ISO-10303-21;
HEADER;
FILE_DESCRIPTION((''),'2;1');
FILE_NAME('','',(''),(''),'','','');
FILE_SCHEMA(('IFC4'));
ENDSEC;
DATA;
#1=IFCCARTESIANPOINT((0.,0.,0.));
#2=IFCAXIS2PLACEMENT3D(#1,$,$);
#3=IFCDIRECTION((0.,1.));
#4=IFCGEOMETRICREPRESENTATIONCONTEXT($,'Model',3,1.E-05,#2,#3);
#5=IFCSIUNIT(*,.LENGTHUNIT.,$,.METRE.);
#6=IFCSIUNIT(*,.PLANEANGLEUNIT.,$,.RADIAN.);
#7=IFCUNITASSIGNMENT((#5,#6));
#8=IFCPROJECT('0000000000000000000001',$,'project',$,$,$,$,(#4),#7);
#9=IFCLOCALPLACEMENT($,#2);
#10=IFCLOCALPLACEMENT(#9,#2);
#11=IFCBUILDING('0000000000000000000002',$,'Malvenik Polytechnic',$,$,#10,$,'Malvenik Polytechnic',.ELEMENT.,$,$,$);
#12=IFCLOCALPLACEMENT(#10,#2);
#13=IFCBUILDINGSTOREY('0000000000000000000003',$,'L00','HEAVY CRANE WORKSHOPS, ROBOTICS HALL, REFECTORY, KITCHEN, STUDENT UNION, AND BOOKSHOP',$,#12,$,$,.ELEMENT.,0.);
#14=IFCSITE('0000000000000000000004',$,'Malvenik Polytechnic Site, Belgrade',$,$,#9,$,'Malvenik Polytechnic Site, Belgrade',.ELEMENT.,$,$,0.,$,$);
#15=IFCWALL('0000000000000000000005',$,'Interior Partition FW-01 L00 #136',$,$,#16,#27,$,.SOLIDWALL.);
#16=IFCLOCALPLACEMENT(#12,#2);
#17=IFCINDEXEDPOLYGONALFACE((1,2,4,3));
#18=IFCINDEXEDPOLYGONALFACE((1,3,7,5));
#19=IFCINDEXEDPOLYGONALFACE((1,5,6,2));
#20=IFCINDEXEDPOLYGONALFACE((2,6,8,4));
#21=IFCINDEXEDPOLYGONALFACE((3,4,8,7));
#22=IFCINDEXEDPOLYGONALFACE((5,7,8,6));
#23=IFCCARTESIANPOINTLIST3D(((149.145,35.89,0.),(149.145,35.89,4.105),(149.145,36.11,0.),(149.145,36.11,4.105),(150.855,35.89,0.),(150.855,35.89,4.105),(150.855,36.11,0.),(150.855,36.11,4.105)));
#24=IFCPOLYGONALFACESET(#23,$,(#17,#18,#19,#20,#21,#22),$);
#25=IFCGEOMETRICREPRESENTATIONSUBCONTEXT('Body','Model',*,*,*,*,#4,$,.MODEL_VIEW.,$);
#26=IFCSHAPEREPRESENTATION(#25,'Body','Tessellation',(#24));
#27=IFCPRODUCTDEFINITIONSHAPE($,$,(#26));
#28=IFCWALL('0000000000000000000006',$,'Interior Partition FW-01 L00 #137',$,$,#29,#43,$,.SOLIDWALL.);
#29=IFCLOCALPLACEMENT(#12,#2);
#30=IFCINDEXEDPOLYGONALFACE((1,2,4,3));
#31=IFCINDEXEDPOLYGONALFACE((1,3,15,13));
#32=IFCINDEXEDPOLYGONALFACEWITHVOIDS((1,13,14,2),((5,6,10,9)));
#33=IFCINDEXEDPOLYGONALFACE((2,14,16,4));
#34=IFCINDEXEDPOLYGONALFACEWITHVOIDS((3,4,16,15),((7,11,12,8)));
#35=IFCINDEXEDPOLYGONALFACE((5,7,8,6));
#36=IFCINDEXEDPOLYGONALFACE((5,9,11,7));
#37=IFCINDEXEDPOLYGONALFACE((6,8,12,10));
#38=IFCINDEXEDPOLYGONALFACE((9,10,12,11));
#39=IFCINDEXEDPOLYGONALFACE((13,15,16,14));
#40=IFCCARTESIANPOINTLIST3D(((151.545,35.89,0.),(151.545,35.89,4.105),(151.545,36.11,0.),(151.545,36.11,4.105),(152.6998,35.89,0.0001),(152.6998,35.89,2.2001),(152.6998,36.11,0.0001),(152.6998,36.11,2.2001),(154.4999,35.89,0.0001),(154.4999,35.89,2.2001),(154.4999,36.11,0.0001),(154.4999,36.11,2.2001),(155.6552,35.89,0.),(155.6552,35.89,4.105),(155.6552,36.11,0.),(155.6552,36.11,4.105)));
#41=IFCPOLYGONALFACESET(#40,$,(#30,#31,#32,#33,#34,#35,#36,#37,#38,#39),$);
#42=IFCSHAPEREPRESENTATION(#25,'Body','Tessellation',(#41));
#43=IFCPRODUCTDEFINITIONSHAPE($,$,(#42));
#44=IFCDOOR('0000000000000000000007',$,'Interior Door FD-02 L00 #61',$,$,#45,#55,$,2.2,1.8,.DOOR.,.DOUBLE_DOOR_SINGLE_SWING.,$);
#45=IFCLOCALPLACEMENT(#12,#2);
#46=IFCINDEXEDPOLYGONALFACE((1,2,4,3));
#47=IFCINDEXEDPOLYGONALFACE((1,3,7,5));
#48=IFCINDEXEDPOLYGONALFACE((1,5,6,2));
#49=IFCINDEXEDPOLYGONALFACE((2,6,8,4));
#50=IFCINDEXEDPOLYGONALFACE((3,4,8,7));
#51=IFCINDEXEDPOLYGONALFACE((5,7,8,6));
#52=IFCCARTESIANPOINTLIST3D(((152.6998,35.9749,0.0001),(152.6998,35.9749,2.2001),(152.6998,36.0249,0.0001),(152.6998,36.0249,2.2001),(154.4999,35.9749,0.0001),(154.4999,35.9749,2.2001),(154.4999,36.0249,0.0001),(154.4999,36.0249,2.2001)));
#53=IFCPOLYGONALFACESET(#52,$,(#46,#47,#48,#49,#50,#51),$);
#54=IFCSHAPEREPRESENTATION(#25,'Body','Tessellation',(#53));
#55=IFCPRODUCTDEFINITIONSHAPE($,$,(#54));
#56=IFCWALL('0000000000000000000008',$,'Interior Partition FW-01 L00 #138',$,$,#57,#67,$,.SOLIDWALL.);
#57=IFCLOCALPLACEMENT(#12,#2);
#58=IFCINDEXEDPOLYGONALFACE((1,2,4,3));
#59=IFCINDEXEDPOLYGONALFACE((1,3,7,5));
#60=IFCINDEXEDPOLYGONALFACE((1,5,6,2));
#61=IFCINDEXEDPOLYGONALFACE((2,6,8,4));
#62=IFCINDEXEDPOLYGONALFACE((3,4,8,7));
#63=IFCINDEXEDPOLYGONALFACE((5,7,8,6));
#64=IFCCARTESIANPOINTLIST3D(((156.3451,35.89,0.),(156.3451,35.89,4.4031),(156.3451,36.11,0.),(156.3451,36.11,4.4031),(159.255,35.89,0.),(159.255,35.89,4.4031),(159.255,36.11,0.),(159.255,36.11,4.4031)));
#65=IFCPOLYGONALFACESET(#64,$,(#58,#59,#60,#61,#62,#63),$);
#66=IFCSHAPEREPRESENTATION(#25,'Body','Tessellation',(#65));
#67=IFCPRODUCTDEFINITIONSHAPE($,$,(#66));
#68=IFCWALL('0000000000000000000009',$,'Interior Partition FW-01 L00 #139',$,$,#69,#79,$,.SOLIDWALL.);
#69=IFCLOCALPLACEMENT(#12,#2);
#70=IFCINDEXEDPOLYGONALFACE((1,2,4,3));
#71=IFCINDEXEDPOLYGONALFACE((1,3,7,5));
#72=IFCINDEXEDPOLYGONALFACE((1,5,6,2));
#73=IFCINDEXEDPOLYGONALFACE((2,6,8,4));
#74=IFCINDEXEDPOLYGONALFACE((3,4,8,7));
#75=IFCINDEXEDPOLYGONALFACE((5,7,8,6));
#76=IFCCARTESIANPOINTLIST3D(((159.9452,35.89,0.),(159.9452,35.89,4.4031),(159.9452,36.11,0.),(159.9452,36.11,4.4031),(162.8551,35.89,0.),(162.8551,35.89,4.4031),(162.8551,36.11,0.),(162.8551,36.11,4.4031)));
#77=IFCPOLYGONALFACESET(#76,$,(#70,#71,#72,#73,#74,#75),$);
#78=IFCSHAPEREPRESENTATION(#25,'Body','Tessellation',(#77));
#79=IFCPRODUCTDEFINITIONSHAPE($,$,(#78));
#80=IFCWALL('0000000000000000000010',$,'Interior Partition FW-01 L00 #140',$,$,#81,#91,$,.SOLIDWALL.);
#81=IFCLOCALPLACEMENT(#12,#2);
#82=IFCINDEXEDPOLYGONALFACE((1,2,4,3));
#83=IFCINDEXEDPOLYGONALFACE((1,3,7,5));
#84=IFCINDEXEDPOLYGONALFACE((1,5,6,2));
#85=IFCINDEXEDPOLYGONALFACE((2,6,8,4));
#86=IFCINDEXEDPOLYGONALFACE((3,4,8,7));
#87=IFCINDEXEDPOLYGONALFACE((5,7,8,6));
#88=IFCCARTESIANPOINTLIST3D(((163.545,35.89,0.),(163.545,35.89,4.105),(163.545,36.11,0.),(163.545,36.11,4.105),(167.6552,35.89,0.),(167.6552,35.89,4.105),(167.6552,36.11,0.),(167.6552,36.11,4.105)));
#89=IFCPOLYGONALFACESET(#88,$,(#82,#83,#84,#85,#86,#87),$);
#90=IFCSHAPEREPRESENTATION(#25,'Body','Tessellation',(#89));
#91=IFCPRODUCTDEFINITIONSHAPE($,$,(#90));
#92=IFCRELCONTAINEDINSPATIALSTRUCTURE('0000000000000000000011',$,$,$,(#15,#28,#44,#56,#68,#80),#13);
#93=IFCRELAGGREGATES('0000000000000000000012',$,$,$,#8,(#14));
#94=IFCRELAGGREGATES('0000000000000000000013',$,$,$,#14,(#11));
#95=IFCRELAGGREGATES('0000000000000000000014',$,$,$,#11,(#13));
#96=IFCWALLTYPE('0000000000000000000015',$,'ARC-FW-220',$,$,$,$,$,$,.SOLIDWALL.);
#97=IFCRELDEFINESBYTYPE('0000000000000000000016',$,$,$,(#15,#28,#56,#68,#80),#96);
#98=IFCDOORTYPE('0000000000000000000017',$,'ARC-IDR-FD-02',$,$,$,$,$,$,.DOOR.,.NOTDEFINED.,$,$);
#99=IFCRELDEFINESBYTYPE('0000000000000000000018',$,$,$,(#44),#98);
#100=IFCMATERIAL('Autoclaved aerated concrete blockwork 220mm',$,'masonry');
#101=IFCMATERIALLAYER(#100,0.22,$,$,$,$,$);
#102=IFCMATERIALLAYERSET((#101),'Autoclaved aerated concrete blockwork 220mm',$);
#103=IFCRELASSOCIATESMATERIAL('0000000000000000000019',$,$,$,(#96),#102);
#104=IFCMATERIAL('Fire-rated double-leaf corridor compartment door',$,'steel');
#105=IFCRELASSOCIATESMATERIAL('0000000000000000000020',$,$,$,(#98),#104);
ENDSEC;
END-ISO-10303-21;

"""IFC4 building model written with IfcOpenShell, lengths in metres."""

from ifc_helpers import new_model, si_unit, direction, frame, frame_2d, origin, place, context, subcontext, project, spatial, rectangle, extrude, material, layer, layer_set, type_object, element, fill, save


model = new_model("IFC4")

# Units and contexts
model_context = context("Model", 3, precision=1e-05, world=origin(), true_north=direction((0.0, 1.0)))
body_context = subcontext(model_context, "Body", "Model", "MODEL_VIEW")
ifc_project = project(units=[si_unit("LENGTHUNIT", "METRE"), si_unit("PLANEANGLEUNIT", "RADIAN")], contexts=[model_context])

# Site, building, storey
site_placement = place(None, origin())
site = spatial("IfcSite", under=ifc_project, at=site_placement, Name="Malvenik Polytechnic Site, Belgrade", LongName="Malvenik Polytechnic Site, Belgrade", CompositionType="ELEMENT", RefElevation=0.0)
building_placement = place(site_placement, origin())
building = spatial("IfcBuilding", under=site, at=building_placement, Name="Malvenik Polytechnic", LongName="Malvenik Polytechnic", CompositionType="ELEMENT")
storey_placement = place(building_placement, origin())
storey = spatial("IfcBuildingStorey", under=building, at=storey_placement, Name="L00", Description="HEAVY CRANE WORKSHOPS, ROBOTICS HALL, REFECTORY, KITCHEN, STUDENT UNION, AND BOOKSHOP", CompositionType="ELEMENT", Elevation=0.0)

# Wall
ifc_material_1 = material(Name="Autoclaved aerated concrete blockwork 220mm", Category="masonry")
ifc_layer_1 = layer(ifc_material_1, 0.22)
ifc_layer_set_1 = layer_set([ifc_layer_1], Name="Autoclaved aerated concrete blockwork 220mm")
wall_type_1 = type_object("IfcWallType", Name="ARC-FW-220", PredefinedType="SOLIDWALL", material=ifc_layer_set_1)
wall_1_placement = place(storey_placement, frame((149.145, 36.0, 0.0), z_axis=(0.0, 0.0, 1.0), x_axis=(1.0, 0.0, 0.0)))
element("IfcWall", 1, at=wall_1_placement, inside=storey, type_object=wall_type_1, Name="Interior Partition FW-01 L00 #136", PredefinedType="SOLIDWALL", context=body_context, shape_type="SweptSolid", body=[
    extrude(rectangle(XDim=1.71, YDim=0.22, at=frame_2d((0.855, 0.0))), origin(), (0.0, 0.0, 1.0), 4.105),
])

# Wall, opening, door
wall_2_placement = place(storey_placement, frame((151.5449, 36.0, 0.0), z_axis=(0.0, 0.0, 1.0), x_axis=(1.0, 0.0, 0.0)))
wall_2 = element("IfcWall", 2, at=wall_2_placement, inside=storey, type_object=wall_type_1, Name="Interior Partition FW-01 L00 #137", PredefinedType="SOLIDWALL", context=body_context, shape_type="SweptSolid", body=[
    extrude(rectangle(XDim=4.1101, YDim=0.22, at=frame_2d((2.0552, 0.0))), origin(), (0.0, 0.0, 1.0), 4.105),
])
opening_placement = place(wall_2_placement, frame((1.155, 0.0, 0.0)))
opening = element("IfcOpeningElement", 3, at=opening_placement, cuts=wall_2, PredefinedType="OPENING", context=body_context, shape_type="SweptSolid", body=[
    extrude(rectangle(XDim=1.8, YDim=2.2, at=frame_2d((0.8999, 1.1001))), frame((0.0, 0.1201, 0.0), z_axis=(0.0, -1.0, 0.0), x_axis=(1.0, 0.0, 0.0)), (0.0, 0.0, 1.0), 0.24),
])
ifc_material_2 = material(Name="Fire-rated double-leaf corridor compartment door", Category="steel")
door_type = type_object("IfcDoorType", Name="ARC-IDR-FD-02", OperationType="NOTDEFINED", PredefinedType="DOOR", material=ifc_material_2)
door_placement = place(opening_placement, origin())
door = element("IfcDoor", 4, at=door_placement, inside=storey, type_object=door_type, Name="Interior Door FD-02 L00 #61", OperationType="DOUBLE_DOOR_SINGLE_SWING", OverallHeight=2.2, OverallWidth=1.8, PredefinedType="DOOR", context=body_context, shape_type="SweptSolid", body=[
    extrude(rectangle(XDim=1.8, YDim=2.2, at=frame_2d((0.8999, 1.1001))), frame((0.0, 0.0249, 0.0), z_axis=(0.0, -1.0, 0.0), x_axis=(1.0, 0.0, 0.0)), (0.0, 0.0, 1.0), 0.05),
])
fill(opening, door)

# Walls
for number, where, z_axis, x_axis, name in (
    (5, (156.345, 36.0, 0.0), (0.0, 0.0, 1.0), (1.0, 0.0, 0.0), "Interior Partition FW-01 L00 #138"),
    (6, (159.9451, 36.0, 0.0), (0.0, 0.0, 1.0), (1.0, 0.0, 0.0), "Interior Partition FW-01 L00 #139"),
):
    element("IfcWall", number, at=place(storey_placement, frame(where, z_axis=z_axis, x_axis=x_axis)), inside=storey, type_object=wall_type_1, Name=name, PredefinedType="SOLIDWALL", context=body_context, shape_type="SweptSolid", body=[
        extrude(rectangle(XDim=2.9099, YDim=0.22, at=frame_2d((1.4551, 0.0))), origin(), (0.0, 0.0, 1.0), 4.4031),
    ])
wall_3_placement = place(storey_placement, frame((163.5449, 36.0, 0.0), z_axis=(0.0, 0.0, 1.0), x_axis=(1.0, 0.0, 0.0)))
element("IfcWall", 7, at=wall_3_placement, inside=storey, type_object=wall_type_1, Name="Interior Partition FW-01 L00 #140", PredefinedType="SOLIDWALL", context=body_context, shape_type="SweptSolid", body=[
    extrude(rectangle(XDim=4.1101, YDim=0.22, at=frame_2d((2.0552, 0.0))), origin(), (0.0, 0.0, 1.0), 4.105),
])

save(model, "model.ifc")
